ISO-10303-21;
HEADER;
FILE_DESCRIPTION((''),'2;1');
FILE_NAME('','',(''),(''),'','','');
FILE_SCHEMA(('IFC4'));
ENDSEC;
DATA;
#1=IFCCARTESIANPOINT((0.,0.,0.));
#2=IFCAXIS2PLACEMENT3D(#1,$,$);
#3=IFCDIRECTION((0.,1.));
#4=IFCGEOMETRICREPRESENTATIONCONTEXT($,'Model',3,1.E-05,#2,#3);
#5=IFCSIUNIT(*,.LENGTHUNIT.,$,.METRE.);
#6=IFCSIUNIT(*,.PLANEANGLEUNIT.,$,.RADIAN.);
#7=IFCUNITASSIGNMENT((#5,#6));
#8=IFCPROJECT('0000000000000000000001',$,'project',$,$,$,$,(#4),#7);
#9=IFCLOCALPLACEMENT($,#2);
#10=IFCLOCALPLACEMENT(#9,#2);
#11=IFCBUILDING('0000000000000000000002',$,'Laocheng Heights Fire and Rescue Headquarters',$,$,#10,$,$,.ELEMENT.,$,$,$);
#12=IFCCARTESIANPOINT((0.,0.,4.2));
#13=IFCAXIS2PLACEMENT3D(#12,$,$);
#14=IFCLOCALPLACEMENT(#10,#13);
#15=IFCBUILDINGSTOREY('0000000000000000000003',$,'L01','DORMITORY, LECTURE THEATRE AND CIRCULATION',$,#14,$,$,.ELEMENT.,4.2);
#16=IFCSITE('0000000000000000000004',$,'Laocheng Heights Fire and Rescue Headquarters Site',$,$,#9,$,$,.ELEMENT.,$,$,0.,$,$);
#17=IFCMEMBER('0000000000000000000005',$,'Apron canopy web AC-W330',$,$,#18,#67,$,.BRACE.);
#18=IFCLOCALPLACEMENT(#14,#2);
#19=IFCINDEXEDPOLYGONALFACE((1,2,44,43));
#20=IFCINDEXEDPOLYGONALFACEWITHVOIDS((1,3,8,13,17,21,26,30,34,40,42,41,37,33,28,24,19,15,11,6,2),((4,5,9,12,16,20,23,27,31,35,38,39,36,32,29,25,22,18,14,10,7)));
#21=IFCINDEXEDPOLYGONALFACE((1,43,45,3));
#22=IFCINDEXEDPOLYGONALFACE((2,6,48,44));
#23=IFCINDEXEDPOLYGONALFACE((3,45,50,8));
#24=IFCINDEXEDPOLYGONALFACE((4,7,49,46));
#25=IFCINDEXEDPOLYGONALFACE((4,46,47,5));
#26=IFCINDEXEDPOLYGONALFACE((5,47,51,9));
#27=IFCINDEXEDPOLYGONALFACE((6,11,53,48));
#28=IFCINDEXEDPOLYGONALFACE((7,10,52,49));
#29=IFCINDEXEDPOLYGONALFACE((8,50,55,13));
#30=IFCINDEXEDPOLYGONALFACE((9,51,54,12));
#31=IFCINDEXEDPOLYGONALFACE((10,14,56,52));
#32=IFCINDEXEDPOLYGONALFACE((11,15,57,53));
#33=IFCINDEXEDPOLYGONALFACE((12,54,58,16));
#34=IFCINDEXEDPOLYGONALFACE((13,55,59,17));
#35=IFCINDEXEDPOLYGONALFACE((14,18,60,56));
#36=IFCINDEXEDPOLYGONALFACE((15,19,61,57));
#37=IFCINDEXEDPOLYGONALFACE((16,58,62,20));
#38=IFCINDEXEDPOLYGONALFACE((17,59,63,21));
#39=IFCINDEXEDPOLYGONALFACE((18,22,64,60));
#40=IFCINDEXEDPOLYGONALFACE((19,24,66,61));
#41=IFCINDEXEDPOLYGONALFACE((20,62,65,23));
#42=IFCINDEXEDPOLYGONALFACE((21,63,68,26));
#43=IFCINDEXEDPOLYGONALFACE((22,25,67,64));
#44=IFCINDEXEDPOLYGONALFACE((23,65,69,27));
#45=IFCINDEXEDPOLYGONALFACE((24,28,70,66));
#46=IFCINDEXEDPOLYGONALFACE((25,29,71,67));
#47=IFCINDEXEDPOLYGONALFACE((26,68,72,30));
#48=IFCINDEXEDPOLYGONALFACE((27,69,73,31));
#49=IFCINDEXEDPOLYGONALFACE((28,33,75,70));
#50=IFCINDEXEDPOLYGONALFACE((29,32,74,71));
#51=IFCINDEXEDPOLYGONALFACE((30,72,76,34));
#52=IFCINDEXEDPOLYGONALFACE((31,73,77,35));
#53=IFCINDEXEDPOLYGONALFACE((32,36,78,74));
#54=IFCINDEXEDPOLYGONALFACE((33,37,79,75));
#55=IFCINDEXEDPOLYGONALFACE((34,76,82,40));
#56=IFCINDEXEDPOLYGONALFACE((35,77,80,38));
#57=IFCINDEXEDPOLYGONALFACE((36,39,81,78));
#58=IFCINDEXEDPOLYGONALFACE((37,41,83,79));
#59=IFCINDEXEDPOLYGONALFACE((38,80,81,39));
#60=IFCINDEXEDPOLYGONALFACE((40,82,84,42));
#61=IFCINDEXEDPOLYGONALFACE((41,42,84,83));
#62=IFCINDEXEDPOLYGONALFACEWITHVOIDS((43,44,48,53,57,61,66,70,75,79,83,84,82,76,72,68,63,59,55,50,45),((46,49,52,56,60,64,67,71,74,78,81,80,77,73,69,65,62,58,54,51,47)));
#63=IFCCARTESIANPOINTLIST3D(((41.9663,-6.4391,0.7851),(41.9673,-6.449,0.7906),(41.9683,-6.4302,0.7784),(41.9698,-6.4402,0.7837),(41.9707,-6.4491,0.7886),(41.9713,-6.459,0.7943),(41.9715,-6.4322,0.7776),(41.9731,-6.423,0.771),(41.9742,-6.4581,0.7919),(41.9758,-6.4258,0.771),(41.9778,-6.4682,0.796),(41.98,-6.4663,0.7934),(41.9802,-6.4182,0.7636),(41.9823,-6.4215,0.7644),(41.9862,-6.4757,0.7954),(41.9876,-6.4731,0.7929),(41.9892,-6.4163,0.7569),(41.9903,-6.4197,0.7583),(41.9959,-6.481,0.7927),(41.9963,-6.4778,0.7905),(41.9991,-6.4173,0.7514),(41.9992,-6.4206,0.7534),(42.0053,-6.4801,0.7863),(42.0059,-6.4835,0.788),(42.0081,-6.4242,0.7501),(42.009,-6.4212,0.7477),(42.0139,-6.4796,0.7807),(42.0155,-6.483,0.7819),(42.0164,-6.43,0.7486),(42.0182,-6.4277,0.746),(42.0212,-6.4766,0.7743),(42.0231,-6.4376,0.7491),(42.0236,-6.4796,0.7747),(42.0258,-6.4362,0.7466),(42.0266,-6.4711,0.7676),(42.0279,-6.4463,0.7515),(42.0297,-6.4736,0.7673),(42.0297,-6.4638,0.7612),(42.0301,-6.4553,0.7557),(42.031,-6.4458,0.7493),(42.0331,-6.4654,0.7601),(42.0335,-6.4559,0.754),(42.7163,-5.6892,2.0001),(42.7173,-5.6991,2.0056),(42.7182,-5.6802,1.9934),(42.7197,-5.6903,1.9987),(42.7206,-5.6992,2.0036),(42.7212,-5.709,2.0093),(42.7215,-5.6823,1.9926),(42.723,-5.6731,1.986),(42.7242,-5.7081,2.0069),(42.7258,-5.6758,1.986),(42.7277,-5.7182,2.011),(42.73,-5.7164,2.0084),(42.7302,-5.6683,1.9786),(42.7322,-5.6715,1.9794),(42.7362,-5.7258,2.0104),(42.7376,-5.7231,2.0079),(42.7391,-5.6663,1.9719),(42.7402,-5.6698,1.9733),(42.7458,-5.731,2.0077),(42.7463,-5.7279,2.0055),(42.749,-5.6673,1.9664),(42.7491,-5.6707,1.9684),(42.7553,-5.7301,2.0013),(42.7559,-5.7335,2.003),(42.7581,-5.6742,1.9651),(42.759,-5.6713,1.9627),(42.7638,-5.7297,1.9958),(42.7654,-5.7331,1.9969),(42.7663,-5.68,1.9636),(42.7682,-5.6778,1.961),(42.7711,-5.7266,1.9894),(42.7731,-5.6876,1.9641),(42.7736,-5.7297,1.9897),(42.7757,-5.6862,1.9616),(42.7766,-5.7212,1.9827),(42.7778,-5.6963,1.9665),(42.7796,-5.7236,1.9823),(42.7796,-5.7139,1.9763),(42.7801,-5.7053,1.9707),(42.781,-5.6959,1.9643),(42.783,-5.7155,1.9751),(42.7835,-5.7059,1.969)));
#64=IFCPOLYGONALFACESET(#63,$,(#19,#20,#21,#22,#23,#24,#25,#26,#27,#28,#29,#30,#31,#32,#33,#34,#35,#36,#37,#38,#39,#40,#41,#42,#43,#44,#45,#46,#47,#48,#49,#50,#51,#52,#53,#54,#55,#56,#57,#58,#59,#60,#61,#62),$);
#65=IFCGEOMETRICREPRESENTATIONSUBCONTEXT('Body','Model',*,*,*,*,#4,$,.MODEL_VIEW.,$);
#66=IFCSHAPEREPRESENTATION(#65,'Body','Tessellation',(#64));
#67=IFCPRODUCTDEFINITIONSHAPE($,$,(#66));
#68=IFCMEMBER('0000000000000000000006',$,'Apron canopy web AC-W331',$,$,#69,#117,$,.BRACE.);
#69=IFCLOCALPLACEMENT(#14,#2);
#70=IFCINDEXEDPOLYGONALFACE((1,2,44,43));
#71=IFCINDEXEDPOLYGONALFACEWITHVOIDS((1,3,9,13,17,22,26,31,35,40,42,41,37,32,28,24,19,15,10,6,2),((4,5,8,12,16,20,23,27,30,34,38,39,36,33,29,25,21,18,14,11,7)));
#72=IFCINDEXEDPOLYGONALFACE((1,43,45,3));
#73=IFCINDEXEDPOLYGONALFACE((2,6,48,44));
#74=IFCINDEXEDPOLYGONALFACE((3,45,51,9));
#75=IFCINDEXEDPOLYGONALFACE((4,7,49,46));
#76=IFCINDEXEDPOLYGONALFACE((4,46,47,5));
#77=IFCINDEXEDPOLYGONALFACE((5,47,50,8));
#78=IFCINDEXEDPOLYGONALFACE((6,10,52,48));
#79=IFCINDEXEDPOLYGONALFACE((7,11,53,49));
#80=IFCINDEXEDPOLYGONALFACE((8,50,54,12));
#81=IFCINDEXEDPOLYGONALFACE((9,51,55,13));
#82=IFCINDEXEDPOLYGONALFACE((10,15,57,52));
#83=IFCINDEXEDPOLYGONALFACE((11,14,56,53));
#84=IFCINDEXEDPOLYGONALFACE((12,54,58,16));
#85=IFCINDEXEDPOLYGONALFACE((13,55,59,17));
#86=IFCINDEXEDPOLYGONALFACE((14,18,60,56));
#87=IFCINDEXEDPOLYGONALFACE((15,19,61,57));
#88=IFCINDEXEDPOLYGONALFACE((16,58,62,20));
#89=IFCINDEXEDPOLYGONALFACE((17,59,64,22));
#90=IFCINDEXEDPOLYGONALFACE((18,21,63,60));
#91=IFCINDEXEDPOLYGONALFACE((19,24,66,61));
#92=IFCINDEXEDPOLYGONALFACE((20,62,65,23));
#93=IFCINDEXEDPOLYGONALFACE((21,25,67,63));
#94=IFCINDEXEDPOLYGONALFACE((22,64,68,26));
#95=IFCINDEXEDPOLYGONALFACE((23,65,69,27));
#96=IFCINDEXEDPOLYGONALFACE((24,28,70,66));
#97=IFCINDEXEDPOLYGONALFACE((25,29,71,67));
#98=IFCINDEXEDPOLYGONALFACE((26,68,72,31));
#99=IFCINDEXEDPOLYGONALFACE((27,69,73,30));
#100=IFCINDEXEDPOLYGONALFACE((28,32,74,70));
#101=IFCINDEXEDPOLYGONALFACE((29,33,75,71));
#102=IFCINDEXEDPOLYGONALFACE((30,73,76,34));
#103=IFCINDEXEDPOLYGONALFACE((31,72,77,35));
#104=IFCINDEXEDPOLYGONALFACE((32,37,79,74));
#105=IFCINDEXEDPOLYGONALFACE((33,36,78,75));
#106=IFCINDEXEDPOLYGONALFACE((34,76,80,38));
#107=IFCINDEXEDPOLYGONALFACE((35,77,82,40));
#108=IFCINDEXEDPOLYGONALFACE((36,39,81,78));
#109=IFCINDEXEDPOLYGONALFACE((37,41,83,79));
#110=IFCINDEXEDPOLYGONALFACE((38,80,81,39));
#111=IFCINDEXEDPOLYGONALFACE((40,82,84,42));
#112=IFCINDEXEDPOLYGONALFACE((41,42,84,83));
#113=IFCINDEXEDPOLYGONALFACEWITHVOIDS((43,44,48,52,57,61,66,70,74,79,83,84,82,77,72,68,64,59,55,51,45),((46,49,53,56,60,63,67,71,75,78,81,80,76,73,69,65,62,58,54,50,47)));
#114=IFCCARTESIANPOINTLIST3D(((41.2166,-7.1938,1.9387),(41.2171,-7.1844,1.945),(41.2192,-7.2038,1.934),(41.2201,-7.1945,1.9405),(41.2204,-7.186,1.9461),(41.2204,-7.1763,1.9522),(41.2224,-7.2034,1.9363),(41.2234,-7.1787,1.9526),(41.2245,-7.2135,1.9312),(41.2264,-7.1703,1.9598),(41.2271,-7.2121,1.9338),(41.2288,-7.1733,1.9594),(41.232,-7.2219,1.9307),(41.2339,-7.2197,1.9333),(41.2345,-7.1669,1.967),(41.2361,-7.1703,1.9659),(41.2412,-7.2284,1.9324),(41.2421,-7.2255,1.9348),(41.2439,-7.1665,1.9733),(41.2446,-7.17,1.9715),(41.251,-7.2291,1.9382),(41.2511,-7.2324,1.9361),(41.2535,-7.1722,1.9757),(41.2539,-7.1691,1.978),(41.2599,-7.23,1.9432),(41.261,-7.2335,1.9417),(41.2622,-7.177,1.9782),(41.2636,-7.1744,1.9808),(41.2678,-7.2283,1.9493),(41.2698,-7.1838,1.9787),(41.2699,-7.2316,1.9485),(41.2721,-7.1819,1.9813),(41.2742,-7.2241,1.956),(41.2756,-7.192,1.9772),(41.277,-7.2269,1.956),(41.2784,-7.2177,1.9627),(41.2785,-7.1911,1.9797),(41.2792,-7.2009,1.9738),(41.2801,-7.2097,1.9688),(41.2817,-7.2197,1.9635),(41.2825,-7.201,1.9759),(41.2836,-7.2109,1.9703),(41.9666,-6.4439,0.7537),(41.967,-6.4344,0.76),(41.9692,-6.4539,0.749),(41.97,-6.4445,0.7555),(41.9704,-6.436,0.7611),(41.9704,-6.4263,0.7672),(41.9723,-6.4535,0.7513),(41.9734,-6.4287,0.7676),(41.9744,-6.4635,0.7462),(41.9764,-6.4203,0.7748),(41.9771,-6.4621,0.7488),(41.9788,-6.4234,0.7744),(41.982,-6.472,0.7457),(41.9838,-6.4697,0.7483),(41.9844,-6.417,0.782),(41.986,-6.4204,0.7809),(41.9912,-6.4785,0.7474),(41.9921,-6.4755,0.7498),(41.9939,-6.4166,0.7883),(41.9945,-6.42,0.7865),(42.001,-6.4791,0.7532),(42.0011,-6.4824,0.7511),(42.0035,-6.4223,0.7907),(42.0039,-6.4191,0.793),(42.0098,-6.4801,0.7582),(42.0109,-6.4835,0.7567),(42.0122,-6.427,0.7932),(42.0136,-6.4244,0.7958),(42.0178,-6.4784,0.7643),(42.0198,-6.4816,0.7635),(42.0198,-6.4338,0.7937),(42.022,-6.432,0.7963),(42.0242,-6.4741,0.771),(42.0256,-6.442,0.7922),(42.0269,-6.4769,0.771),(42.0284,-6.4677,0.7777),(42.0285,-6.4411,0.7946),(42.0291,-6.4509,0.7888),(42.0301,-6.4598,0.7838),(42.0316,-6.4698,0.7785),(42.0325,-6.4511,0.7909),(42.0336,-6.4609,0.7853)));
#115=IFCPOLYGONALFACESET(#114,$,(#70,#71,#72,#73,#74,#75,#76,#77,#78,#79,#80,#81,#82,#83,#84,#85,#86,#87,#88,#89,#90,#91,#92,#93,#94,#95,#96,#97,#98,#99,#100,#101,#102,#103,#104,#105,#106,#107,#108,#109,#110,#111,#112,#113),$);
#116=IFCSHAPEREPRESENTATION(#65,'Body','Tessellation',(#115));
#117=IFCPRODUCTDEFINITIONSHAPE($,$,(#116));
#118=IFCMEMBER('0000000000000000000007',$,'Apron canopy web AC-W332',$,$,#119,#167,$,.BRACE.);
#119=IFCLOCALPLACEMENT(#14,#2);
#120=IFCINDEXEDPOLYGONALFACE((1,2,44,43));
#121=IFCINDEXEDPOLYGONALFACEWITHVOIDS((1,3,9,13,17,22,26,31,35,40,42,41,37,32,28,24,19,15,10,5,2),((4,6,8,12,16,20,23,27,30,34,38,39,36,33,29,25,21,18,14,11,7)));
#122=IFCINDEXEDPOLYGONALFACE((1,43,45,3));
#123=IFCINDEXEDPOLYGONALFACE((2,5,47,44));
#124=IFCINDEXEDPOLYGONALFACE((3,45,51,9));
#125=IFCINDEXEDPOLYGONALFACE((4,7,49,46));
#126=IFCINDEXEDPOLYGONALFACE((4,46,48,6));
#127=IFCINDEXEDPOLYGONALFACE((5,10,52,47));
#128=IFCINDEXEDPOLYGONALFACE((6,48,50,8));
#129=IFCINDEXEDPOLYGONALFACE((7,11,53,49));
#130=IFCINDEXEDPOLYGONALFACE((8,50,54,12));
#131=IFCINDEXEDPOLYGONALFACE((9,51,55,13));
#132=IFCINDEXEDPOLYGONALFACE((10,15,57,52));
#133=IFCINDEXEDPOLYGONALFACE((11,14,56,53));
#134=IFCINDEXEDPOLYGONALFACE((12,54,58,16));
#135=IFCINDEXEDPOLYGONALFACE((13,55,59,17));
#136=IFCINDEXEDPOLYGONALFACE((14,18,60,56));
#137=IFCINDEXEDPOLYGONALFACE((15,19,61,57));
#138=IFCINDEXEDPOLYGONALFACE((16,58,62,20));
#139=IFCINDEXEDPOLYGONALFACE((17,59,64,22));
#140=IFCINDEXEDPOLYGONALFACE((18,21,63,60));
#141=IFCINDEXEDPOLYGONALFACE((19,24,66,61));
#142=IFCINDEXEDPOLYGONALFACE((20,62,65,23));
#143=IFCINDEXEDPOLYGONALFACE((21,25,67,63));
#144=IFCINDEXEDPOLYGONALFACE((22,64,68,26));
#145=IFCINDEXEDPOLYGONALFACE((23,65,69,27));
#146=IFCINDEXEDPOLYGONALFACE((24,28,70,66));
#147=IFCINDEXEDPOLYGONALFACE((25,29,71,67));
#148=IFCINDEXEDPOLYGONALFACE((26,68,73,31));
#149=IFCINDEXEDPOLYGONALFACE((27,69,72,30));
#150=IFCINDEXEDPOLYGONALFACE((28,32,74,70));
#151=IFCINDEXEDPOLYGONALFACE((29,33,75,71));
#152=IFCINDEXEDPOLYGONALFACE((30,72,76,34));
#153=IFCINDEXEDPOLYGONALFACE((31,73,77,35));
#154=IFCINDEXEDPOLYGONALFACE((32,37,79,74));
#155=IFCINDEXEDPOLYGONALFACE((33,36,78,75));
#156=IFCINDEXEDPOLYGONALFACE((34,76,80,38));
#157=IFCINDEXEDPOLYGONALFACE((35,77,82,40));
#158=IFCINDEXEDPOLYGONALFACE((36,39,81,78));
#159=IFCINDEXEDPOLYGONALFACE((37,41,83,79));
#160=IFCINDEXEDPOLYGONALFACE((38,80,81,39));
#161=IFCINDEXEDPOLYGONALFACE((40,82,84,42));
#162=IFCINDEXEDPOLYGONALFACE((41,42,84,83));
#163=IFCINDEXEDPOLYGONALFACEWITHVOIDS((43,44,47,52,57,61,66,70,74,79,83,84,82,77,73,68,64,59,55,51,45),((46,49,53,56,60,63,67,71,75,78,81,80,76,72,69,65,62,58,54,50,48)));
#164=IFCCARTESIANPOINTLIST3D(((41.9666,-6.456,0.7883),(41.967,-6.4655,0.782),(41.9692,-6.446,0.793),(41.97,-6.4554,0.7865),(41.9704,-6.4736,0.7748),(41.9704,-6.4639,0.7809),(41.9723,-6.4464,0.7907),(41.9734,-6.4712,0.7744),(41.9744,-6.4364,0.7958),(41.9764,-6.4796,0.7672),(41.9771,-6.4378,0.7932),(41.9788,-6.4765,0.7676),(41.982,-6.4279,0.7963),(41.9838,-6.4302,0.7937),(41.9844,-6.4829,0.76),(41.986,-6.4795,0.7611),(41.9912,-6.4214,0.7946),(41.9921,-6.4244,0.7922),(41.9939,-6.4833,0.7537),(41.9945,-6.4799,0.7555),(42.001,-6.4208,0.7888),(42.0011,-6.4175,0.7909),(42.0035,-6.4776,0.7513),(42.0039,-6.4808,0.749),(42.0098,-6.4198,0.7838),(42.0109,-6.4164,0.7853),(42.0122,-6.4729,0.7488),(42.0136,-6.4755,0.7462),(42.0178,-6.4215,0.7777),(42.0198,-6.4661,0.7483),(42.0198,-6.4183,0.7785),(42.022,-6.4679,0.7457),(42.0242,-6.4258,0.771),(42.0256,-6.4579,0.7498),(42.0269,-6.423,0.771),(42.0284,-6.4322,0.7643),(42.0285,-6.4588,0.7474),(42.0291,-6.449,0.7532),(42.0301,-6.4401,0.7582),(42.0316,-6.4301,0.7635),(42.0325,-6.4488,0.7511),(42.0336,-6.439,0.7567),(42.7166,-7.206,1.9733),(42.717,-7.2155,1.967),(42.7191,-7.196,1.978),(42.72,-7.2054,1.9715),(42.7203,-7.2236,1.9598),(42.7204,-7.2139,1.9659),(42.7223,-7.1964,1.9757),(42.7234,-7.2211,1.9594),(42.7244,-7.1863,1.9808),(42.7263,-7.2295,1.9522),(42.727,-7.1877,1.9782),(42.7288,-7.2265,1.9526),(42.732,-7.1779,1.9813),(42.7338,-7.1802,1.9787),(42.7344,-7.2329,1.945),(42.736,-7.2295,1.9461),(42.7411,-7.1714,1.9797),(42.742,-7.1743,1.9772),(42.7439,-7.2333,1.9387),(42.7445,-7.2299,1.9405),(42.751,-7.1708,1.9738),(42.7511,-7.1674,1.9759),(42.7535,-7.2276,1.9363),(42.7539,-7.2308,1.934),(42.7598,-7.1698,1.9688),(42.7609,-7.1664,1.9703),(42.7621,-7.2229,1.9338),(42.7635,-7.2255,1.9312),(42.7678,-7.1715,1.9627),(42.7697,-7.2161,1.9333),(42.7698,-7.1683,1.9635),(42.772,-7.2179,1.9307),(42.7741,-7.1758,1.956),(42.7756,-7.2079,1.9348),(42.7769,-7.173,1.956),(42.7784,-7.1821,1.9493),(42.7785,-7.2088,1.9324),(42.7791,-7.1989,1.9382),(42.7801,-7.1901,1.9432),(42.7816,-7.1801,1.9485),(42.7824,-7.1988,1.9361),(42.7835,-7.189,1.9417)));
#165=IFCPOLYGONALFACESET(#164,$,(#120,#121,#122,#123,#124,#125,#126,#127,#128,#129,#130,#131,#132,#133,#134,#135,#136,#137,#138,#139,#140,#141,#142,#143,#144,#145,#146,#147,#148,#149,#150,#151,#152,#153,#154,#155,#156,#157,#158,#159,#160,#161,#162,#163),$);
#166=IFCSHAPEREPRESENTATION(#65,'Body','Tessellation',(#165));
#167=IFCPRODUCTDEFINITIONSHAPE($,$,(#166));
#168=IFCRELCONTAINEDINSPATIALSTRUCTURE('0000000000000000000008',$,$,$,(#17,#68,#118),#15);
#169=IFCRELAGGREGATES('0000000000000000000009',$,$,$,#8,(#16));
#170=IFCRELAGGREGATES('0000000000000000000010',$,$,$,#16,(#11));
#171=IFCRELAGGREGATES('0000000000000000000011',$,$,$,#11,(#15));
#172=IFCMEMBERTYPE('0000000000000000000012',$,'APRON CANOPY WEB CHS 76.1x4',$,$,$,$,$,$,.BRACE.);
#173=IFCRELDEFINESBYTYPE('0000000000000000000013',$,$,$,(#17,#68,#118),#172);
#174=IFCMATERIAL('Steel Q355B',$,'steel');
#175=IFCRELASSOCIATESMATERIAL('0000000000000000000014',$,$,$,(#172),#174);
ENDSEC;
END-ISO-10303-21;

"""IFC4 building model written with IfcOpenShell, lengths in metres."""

from ifc_helpers import new_model, si_unit, direction, frame, origin, origin_2d, place, context, subcontext, project, spatial, hollow_circle, extrude, material, material_profile, profile_set, type_object, element, save


model = new_model("IFC4")

# Units and contexts
model_context = context("Model", 3, precision=1e-05, world=origin(), true_north=direction((0.0, 1.0)))
body_context = subcontext(model_context, "Body", "Model", "MODEL_VIEW")
ifc_project = project(units=[si_unit("LENGTHUNIT", "METRE"), si_unit("PLANEANGLEUNIT", "RADIAN")], contexts=[model_context])

# Site, building, storey
site_placement = place(None, origin())
site = spatial("IfcSite", under=ifc_project, at=site_placement, Name="Laocheng Heights Fire and Rescue Headquarters Site", CompositionType="ELEMENT", RefElevation=0.0)
building_placement = place(site_placement, origin())
building = spatial("IfcBuilding", under=site, at=building_placement, Name="Laocheng Heights Fire and Rescue Headquarters", CompositionType="ELEMENT")
storey_placement = place(building_placement, frame((0.0, 0.0, 4.2)))
storey = spatial("IfcBuildingStorey", under=building, at=storey_placement, Name="L01", Description="DORMITORY, LECTURE THEATRE AND CIRCULATION", CompositionType="ELEMENT", Elevation=4.2)

# Members
ifc_material_1 = material(Name="Steel Q355B", Category="steel")
ifc_material_profile_1 = material_profile(ifc_material_1, hollow_circle(Radius=0.0381, WallThickness=0.0039, at=origin_2d()), Name="CHS 76.1x4")
ifc_profile_set_1 = profile_set([ifc_material_profile_1], Name="Steel Q355B")
member_type_1 = type_object("IfcMemberType", Name="APRON CANOPY WEB CHS 76.1x4", PredefinedType="BRACE", material=ifc_profile_set_1)
for number, where, z_axis, x_axis, name in (
    (1, (42.0, -6.45, 0.771), (0.465002, 0.465002, 0.753357), (-0.707107, 0.707107, 0.0), "Apron canopy web AC-W330"),
):
    element("IfcMember", number, at=place(storey_placement, frame(where, z_axis=z_axis, x_axis=x_axis)), inside=storey, type_object=member_type_1, Name=name, PredefinedType="BRACE", context=body_context, shape_type="SweptSolid", body=[
        extrude(hollow_circle(Radius=0.0381, WallThickness=0.0039, at=origin_2d()), origin(), (0.0, 0.0, 1.0), 1.6128),
    ])
for number, where, z_axis, x_axis, name in (
    (2, (42.0, -6.45, 0.771), (-0.47158, -0.47158, 0.745134), (0.707107, -0.707107, 0.0), "Apron canopy web AC-W331"),
    (3, (42.0, -6.45, 0.771), (0.47158, -0.47158, 0.745134), (0.707107, 0.707107, 0.0), "Apron canopy web AC-W332"),
):
    element("IfcMember", number, at=place(storey_placement, frame(where, z_axis=z_axis, x_axis=x_axis)), inside=storey, type_object=member_type_1, Name=name, PredefinedType="BRACE", context=body_context, shape_type="SweptSolid", body=[
        extrude(hollow_circle(Radius=0.0381, WallThickness=0.0039, at=origin_2d()), origin(), (0.0, 0.0, 1.0), 1.5903),
    ])

save(model, "model.ifc")
